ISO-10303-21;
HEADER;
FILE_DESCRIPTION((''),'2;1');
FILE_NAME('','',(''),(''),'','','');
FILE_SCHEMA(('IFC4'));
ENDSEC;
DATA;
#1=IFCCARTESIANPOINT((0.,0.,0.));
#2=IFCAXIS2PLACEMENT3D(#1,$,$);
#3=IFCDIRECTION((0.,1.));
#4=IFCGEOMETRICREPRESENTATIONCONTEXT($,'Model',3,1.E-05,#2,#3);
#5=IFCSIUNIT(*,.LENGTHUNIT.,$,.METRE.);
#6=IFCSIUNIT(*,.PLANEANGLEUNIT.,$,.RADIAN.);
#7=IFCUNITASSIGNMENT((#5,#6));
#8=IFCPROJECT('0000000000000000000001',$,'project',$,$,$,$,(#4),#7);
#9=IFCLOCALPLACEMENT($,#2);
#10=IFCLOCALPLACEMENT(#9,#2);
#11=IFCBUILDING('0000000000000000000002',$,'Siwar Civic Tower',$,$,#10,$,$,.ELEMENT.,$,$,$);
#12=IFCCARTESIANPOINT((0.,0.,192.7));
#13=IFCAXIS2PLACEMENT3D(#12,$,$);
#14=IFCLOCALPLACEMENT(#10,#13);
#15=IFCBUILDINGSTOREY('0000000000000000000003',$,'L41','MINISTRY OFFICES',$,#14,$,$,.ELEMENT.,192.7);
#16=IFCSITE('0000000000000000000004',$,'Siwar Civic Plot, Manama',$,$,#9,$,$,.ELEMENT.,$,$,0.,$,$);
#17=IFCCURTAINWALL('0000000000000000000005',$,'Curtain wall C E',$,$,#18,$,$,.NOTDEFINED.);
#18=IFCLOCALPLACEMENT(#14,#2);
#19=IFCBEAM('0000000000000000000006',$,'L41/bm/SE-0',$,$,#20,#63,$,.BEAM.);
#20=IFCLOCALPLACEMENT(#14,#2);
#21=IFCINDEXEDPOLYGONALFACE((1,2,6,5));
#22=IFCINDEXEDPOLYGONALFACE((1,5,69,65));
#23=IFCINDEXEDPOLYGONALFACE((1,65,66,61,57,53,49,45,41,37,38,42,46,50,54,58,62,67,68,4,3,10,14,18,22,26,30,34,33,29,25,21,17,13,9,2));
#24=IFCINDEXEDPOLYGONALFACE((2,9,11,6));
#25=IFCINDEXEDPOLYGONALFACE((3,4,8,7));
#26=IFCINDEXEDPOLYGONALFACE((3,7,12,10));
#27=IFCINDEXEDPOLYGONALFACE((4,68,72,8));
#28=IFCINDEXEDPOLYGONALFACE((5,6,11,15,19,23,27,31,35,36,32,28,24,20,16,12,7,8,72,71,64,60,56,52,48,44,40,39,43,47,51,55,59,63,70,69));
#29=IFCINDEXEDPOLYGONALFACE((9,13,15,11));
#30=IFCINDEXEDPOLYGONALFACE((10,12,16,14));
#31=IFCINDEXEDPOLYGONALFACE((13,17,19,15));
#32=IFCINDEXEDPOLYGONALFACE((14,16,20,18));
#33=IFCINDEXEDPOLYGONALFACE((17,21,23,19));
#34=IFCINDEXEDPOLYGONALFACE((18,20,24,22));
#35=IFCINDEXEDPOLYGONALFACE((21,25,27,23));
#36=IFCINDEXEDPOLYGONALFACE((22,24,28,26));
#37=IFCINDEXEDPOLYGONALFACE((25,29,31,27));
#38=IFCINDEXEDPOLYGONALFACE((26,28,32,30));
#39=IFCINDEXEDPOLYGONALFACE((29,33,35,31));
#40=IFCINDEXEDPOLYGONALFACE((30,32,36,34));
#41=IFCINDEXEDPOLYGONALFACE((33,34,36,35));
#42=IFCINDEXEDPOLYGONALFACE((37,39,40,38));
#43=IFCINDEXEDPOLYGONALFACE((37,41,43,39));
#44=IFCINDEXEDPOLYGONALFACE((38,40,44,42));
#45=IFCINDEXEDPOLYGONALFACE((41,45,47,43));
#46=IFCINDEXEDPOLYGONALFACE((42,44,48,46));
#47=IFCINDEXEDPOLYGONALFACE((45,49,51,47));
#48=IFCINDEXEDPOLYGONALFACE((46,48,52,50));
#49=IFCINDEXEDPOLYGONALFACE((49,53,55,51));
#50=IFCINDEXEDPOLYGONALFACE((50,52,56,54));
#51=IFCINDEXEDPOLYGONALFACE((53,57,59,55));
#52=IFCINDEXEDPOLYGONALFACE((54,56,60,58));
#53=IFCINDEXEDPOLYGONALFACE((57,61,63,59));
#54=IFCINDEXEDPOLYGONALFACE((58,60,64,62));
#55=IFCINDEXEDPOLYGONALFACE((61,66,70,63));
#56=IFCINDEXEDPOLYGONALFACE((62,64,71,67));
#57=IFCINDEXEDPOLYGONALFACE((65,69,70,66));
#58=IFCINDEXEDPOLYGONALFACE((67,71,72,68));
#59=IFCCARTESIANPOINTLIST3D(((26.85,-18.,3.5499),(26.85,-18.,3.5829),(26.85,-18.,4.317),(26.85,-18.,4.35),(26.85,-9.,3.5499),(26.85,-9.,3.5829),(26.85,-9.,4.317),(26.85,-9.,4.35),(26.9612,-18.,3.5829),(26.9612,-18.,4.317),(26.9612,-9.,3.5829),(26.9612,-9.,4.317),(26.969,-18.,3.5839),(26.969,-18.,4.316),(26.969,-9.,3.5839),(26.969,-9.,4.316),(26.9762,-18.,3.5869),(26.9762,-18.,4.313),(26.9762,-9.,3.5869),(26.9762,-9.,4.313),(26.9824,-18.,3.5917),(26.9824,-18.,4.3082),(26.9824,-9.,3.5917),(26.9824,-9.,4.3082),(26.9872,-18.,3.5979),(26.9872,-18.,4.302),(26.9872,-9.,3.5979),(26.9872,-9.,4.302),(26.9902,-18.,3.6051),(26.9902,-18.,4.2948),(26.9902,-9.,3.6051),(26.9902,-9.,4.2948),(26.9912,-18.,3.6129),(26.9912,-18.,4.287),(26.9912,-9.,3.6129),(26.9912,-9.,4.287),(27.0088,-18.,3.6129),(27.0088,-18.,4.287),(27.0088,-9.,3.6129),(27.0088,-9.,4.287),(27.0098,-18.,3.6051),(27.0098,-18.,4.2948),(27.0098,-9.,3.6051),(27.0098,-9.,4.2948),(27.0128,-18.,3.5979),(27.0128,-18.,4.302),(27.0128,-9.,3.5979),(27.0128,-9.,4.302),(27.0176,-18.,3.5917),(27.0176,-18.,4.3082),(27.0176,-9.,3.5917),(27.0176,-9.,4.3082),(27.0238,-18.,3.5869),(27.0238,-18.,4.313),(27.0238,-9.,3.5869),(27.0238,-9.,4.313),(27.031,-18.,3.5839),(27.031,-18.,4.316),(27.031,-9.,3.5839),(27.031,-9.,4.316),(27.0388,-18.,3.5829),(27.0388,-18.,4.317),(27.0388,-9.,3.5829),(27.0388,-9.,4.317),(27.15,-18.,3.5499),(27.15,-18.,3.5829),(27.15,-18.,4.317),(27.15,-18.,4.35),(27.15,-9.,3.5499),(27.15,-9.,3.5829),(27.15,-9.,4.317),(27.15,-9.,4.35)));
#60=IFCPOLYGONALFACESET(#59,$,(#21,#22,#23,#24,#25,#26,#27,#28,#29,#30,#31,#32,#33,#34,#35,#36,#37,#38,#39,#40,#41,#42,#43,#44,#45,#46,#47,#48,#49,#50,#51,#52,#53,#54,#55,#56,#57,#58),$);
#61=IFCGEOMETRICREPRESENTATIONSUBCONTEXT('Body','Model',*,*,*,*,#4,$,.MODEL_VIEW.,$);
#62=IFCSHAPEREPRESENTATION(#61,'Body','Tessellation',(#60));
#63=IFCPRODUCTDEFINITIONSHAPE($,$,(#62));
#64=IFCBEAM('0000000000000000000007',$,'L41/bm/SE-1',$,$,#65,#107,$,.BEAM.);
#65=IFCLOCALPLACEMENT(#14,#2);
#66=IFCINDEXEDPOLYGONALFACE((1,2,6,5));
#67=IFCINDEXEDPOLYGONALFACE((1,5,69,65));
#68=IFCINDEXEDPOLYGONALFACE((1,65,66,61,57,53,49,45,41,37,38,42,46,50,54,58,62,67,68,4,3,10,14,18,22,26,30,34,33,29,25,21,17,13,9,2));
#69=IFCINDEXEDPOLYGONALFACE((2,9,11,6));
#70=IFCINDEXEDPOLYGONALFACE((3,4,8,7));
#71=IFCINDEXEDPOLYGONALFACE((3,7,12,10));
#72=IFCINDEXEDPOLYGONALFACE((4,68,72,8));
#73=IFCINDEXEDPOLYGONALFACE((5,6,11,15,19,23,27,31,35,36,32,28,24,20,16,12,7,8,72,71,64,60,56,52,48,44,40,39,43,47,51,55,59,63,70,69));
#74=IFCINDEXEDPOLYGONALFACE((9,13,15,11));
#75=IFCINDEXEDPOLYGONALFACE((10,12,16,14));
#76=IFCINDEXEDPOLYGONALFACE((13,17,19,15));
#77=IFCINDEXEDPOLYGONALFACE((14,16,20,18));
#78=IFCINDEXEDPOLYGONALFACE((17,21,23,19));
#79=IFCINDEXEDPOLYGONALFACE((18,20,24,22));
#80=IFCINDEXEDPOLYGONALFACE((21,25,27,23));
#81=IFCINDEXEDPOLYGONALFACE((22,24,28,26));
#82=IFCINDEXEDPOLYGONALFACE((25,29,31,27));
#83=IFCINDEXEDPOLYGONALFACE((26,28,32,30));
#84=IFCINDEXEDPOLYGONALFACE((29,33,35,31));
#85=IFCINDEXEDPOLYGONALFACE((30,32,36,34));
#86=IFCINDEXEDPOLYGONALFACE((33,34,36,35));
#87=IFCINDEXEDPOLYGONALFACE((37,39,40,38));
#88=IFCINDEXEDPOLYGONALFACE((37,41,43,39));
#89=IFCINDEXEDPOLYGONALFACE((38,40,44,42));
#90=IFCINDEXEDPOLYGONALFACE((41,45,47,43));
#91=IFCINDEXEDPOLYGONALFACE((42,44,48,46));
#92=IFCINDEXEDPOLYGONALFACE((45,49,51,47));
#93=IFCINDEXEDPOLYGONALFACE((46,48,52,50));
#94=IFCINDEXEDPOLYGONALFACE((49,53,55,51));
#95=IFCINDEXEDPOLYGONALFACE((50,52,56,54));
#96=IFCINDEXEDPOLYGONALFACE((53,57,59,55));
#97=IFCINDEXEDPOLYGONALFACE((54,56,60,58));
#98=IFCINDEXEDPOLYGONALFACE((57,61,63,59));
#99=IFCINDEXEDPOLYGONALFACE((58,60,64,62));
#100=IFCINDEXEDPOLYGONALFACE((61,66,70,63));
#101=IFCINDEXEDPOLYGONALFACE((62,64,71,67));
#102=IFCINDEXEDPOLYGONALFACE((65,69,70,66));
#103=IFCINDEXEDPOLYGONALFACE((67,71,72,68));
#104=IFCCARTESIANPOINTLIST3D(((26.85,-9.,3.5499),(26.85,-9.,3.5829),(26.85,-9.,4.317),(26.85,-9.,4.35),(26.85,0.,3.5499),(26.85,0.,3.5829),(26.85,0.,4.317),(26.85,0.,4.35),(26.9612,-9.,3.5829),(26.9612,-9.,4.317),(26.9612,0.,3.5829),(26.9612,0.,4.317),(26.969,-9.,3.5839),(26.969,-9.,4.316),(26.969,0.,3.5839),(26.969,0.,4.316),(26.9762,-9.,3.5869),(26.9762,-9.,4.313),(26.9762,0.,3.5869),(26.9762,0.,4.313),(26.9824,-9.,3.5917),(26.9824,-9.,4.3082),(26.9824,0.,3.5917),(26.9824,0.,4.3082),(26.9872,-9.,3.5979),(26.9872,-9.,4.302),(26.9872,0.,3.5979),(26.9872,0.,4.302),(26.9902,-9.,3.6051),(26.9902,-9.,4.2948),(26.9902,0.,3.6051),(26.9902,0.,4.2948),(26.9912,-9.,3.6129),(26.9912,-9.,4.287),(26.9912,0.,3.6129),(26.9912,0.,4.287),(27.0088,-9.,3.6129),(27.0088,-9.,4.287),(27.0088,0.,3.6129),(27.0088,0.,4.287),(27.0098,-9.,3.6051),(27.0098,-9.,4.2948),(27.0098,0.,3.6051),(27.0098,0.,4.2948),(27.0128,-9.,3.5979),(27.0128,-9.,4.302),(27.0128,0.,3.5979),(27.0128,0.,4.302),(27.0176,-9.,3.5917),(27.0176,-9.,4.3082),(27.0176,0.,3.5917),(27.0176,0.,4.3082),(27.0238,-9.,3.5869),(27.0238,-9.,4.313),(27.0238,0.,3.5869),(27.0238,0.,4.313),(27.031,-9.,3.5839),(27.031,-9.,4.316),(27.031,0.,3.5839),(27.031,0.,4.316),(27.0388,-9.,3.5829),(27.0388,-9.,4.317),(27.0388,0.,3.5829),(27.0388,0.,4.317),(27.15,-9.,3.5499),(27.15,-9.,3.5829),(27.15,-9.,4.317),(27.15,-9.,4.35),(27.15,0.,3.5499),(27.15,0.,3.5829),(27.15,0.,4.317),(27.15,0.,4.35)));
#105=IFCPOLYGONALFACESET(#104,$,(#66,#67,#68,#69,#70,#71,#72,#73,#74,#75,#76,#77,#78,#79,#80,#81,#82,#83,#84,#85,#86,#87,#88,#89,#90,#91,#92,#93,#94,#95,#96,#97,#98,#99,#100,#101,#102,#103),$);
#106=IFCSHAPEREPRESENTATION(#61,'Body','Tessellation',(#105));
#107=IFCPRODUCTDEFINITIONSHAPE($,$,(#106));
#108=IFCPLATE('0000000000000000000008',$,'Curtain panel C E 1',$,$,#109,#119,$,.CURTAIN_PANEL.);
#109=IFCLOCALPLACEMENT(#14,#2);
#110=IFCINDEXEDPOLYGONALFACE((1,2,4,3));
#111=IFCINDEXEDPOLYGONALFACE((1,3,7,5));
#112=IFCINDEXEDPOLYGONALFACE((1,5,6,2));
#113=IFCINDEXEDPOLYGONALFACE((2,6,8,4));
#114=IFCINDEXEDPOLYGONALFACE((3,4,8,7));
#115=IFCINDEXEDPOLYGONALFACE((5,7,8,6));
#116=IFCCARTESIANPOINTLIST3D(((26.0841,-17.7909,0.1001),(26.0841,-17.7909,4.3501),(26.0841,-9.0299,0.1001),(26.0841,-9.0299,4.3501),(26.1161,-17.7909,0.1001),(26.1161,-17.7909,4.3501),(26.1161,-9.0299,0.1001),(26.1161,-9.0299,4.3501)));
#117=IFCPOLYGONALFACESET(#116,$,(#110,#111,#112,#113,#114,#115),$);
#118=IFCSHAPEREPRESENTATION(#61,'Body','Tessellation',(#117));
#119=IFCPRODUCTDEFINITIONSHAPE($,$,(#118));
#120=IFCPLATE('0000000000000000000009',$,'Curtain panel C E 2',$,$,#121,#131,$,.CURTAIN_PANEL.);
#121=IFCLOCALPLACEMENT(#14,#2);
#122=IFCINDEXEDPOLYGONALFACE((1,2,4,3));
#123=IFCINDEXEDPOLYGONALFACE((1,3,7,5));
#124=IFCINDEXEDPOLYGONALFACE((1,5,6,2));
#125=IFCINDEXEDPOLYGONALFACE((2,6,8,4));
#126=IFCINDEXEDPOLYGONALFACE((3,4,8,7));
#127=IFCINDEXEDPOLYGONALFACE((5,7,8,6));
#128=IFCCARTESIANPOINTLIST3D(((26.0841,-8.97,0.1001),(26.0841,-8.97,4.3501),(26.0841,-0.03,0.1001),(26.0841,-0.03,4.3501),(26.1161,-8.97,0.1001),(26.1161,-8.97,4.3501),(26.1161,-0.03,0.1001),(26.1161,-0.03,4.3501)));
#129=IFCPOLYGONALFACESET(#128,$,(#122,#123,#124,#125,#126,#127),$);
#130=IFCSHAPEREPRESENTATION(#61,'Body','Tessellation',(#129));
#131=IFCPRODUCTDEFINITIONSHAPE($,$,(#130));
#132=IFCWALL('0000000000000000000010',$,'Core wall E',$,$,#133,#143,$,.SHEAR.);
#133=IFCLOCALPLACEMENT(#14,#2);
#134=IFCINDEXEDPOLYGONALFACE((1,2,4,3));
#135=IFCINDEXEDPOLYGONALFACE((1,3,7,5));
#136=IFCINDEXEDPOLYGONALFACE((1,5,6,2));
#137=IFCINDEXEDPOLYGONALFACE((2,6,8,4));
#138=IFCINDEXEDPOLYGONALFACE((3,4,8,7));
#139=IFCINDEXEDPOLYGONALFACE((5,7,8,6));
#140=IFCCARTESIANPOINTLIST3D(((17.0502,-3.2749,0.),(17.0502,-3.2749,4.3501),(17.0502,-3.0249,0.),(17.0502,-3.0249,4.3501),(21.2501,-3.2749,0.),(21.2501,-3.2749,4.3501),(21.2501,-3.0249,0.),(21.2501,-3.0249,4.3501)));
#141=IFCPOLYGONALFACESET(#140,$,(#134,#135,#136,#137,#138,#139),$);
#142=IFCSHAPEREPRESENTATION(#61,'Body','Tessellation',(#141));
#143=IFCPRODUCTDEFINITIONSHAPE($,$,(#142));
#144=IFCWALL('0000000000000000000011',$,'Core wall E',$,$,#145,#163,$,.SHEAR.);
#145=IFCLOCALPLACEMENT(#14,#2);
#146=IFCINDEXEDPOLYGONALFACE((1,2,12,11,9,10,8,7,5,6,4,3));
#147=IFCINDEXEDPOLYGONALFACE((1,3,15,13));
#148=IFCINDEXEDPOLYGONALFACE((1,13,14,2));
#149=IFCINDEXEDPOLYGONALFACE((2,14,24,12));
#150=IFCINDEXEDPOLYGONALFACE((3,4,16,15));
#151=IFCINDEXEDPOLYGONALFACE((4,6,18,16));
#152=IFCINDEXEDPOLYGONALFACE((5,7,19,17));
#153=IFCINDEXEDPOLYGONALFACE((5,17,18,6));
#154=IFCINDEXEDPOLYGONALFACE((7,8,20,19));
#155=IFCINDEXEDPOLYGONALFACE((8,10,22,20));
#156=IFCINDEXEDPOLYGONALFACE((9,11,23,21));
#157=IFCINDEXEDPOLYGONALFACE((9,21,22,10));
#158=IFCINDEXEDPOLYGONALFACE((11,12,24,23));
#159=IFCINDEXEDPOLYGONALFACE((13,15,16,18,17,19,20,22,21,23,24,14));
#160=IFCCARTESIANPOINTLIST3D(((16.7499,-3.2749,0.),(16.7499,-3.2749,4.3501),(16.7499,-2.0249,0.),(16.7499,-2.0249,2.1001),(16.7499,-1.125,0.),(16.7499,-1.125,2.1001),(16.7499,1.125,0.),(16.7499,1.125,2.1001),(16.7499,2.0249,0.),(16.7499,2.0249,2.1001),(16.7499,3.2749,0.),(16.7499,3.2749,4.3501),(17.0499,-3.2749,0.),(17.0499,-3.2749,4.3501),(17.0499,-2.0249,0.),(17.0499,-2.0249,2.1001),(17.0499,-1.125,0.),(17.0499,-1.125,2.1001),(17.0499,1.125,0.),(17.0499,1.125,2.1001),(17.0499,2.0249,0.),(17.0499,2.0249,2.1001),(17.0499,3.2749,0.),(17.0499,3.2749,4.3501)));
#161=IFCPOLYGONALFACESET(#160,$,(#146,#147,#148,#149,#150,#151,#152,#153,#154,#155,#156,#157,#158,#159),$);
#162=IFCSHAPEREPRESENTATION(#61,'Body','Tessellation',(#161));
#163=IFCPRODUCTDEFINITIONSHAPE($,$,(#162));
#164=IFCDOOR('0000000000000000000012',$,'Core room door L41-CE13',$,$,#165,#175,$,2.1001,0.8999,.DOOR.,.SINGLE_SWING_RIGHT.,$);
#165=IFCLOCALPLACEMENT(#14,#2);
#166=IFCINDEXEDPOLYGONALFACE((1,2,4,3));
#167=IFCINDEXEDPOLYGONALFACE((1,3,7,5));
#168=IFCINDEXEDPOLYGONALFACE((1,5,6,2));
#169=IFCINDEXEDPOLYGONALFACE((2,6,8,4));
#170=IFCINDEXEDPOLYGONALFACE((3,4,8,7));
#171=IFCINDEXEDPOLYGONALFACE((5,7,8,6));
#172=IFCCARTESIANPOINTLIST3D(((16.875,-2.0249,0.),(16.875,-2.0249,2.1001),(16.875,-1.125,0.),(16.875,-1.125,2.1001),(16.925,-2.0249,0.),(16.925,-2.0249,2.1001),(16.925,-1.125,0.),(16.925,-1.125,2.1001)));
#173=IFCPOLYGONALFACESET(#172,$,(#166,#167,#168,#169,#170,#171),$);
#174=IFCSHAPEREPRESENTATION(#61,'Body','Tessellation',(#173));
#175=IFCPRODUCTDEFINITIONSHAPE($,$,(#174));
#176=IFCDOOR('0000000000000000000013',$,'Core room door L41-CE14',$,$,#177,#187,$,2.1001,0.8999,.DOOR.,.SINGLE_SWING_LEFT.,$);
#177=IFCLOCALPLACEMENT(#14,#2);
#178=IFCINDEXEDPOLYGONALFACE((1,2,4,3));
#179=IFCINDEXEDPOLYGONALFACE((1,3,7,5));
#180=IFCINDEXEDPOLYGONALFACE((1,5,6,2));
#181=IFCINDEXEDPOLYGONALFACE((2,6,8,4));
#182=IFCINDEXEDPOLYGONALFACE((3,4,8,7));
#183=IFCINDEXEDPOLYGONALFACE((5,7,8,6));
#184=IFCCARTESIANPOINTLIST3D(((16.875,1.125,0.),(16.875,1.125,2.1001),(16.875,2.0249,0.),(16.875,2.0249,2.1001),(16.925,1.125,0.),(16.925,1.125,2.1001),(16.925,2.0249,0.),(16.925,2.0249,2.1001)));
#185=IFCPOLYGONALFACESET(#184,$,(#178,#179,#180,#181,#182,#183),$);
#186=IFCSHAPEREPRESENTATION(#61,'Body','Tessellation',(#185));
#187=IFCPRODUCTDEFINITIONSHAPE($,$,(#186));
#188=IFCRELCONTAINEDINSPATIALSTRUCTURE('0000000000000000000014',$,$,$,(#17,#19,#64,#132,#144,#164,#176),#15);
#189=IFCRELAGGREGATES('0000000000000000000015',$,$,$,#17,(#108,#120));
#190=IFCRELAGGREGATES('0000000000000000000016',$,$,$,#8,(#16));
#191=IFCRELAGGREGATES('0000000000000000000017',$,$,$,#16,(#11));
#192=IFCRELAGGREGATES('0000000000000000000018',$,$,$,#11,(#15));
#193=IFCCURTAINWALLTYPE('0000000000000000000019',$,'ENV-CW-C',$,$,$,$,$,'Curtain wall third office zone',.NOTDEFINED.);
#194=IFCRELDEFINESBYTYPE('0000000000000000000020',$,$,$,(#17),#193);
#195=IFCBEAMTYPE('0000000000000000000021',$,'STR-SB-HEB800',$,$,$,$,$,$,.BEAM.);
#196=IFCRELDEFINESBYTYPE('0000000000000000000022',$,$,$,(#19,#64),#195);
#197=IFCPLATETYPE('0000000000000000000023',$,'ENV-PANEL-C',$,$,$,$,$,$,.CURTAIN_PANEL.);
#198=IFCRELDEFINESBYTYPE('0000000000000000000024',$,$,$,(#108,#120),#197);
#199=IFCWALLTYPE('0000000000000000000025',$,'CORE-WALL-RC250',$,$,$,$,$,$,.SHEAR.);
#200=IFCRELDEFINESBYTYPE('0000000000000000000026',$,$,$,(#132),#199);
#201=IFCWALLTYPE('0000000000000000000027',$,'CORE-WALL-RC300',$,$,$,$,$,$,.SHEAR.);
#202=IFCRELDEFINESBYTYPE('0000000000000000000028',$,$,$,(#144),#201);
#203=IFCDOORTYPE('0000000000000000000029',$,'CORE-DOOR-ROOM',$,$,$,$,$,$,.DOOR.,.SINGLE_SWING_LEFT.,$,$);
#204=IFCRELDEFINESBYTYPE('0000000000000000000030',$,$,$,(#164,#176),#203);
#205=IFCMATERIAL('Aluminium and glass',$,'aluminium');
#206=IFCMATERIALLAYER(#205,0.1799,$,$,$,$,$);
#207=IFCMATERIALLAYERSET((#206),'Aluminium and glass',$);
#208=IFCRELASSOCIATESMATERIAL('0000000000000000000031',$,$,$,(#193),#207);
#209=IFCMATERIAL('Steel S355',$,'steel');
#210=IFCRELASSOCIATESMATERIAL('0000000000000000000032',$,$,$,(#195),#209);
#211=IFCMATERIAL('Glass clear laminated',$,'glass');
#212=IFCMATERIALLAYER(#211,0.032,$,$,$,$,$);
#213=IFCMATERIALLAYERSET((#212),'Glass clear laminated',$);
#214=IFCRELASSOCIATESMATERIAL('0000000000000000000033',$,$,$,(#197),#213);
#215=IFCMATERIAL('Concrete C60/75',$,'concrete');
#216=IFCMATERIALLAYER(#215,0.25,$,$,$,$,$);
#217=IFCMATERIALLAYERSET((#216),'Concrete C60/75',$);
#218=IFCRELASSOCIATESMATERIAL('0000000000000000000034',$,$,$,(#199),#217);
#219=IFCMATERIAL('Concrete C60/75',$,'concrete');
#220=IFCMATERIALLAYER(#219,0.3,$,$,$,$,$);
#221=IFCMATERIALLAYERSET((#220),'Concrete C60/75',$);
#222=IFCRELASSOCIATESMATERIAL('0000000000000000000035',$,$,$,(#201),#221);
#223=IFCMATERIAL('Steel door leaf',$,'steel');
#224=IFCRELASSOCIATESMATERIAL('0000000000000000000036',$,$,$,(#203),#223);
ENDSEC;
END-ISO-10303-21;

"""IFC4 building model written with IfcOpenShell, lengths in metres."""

from ifc_helpers import new_model, si_unit, direction, frame, frame_2d, origin, origin_2d, place, context, subcontext, project, spatial, rectangle, i_section, extrude, material, layer, layer_set, material_profile, profile_set, type_object, element, fill, aggregate, save


model = new_model("IFC4")

# Units and contexts
model_context = context("Model", 3, precision=1e-05, world=origin(), true_north=direction((0.0, 1.0)))
body_context = subcontext(model_context, "Body", "Model", "MODEL_VIEW")
ifc_project = project(units=[si_unit("LENGTHUNIT", "METRE"), si_unit("PLANEANGLEUNIT", "RADIAN")], contexts=[model_context])

# Site, building, storey
site_placement = place(None, origin())
site = spatial("IfcSite", under=ifc_project, at=site_placement, Name="Siwar Civic Plot, Manama", CompositionType="ELEMENT", RefElevation=0.0)
building_placement = place(site_placement, origin())
building = spatial("IfcBuilding", under=site, at=building_placement, Name="Siwar Civic Tower", CompositionType="ELEMENT")
storey_placement = place(building_placement, frame((0.0, 0.0, 192.7)))
storey = spatial("IfcBuildingStorey", under=building, at=storey_placement, Name="L41", Description="MINISTRY OFFICES", CompositionType="ELEMENT", Elevation=192.7)

# Curtain wall
ifc_material_1 = material(Name="Aluminium and glass", Category="aluminium")
ifc_layer_1 = layer(ifc_material_1, 0.1799)
ifc_layer_set_1 = layer_set([ifc_layer_1], Name="Aluminium and glass")
curtain_wall_type = type_object("IfcCurtainWallType", Name="ENV-CW-C", ElementType="Curtain wall third office zone", PredefinedType="NOTDEFINED", material=ifc_layer_set_1)
curtain_wall_placement = place(storey_placement, origin())
curtain_wall = element("IfcCurtainWall", 1, at=curtain_wall_placement, inside=storey, type_object=curtain_wall_type, Name="Curtain wall C E", PredefinedType="NOTDEFINED")

# Beams
ifc_material_2 = material(Name="Steel S355", Category="steel")
ifc_material_profile_1 = material_profile(ifc_material_2, i_section(OverallWidth=0.3, OverallDepth=0.8, WebThickness=0.0176, FlangeThickness=0.033, FilletRadius=0.03, at=origin_2d()), Name="HEB800")
ifc_profile_set_1 = profile_set([ifc_material_profile_1], Name="Steel S355")
beam_type_1 = type_object("IfcBeamType", Name="STR-SB-HEB800", PredefinedType="BEAM", material=ifc_profile_set_1)
for number, where, z_axis, x_axis, name in (
    (2, (27.0, -18.0, 3.95), (0.0, 1.0, 0.0), (-1.0, 0.0, 0.0), "L41/bm/SE-0"),
    (3, (27.0, -9.0, 3.95), (0.0, 1.0, 0.0), (-1.0, 0.0, 0.0), "L41/bm/SE-1"),
):
    element("IfcBeam", number, at=place(storey_placement, frame(where, z_axis=z_axis, x_axis=x_axis)), inside=storey, type_object=beam_type_1, Name=name, PredefinedType="BEAM", context=body_context, shape_type="SweptSolid", body=[
        extrude(i_section(OverallWidth=0.3, OverallDepth=0.8, WebThickness=0.0176, FlangeThickness=0.033, FilletRadius=0.03, at=origin_2d()), origin(), (0.0, 0.0, 1.0), 9.0),
    ])

# Plates
ifc_material_3 = material(Name="Glass clear laminated", Category="glass")
ifc_layer_2 = layer(ifc_material_3, 0.032)
ifc_layer_set_2 = layer_set([ifc_layer_2], Name="Glass clear laminated")
plate_type = type_object("IfcPlateType", Name="ENV-PANEL-C", PredefinedType="CURTAIN_PANEL", material=ifc_layer_set_2)
plate_1_placement = place(storey_placement, frame((26.1001, -13.4104, 0.1001), z_axis=(0.0, 0.0, 1.0), x_axis=(0.0, 1.0, 0.0)))
plate_1 = element("IfcPlate", 4, at=plate_1_placement, type_object=plate_type, Name="Curtain panel C E 1", PredefinedType="CURTAIN_PANEL", context=body_context, shape_type="SweptSolid", body=[
    extrude(rectangle(XDim=8.761, YDim=0.032, at=origin_2d()), origin(), (0.0, 0.0, 1.0), 4.25),
])
plate_2_placement = place(storey_placement, frame((26.1001, -4.5, 0.1001), z_axis=(0.0, 0.0, 1.0), x_axis=(0.0, 1.0, 0.0)))
plate_2 = element("IfcPlate", 5, at=plate_2_placement, type_object=plate_type, Name="Curtain panel C E 2", PredefinedType="CURTAIN_PANEL", context=body_context, shape_type="SweptSolid", body=[
    extrude(rectangle(XDim=8.9399, YDim=0.032, at=origin_2d()), origin(), (0.0, 0.0, 1.0), 4.25),
])
aggregate(curtain_wall, [plate_1, plate_2])

# Wall
ifc_material_4 = material(Name="Concrete C60/75", Category="concrete")
ifc_layer_3 = layer(ifc_material_4, 0.25)
ifc_layer_set_3 = layer_set([ifc_layer_3], Name="Concrete C60/75")
wall_type_1 = type_object("IfcWallType", Name="CORE-WALL-RC250", PredefinedType="SHEAR", material=ifc_layer_set_3)
wall_1_placement = place(storey_placement, frame((17.05, -3.1499, 0.0), z_axis=(0.0, 0.0, 1.0), x_axis=(1.0, 0.0, 0.0)))
element("IfcWall", 6, at=wall_1_placement, inside=storey, type_object=wall_type_1, Name="Core wall E", PredefinedType="SHEAR", context=body_context, shape_type="SweptSolid", body=[
    extrude(rectangle(XDim=4.2, YDim=0.25, at=frame_2d((2.1001, 0.0))), origin(), (0.0, 0.0, 1.0), 4.3501),
])

# Wall, openings, doors
ifc_material_5 = material(Name="Concrete C60/75", Category="concrete")
ifc_layer_4 = layer(ifc_material_5, 0.3)
ifc_layer_set_4 = layer_set([ifc_layer_4], Name="Concrete C60/75")
wall_type_2 = type_object("IfcWallType", Name="CORE-WALL-RC300", PredefinedType="SHEAR", material=ifc_layer_set_4)
wall_2_placement = place(storey_placement, frame((16.8999, -3.2749, 0.0), z_axis=(0.0, 0.0, 1.0), x_axis=(0.0, 1.0, 0.0)))
wall_2 = element("IfcWall", 7, at=wall_2_placement, inside=storey, type_object=wall_type_2, Name="Core wall E", PredefinedType="SHEAR", context=body_context, shape_type="SweptSolid", body=[
    extrude(rectangle(XDim=6.5498, YDim=0.3, at=frame_2d((3.2749, 0.0))), origin(), (0.0, 0.0, 1.0), 4.3501),
])
opening_1_placement = place(wall_2_placement, frame((1.25, 0.0, 0.0)))
opening_1 = element("IfcOpeningElement", 8, at=opening_1_placement, cuts=wall_2, PredefinedType="OPENING", context=body_context, shape_type="SweptSolid", body=[
    extrude(rectangle(XDim=0.8999, YDim=2.1001, at=frame_2d((0.45, 1.05))), frame((0.0, 0.1602, 0.0), z_axis=(0.0, -1.0, 0.0), x_axis=(1.0, 0.0, 0.0)), (0.0, 0.0, 1.0), 0.3201),
])
opening_2_placement = place(wall_2_placement, frame((4.3999, 0.0, 0.0)))
opening_2 = element("IfcOpeningElement", 9, at=opening_2_placement, cuts=wall_2, PredefinedType="OPENING", context=body_context, shape_type="SweptSolid", body=[
    extrude(rectangle(XDim=0.8999, YDim=2.1001, at=frame_2d((0.45, 1.05))), frame((0.0, 0.1602, 0.0), z_axis=(0.0, -1.0, 0.0), x_axis=(1.0, 0.0, 0.0)), (0.0, 0.0, 1.0), 0.3201),
])
ifc_material_6 = material(Name="Steel door leaf", Category="steel")
door_type_1 = type_object("IfcDoorType", Name="CORE-DOOR-ROOM", OperationType="SINGLE_SWING_LEFT", PredefinedType="DOOR", material=ifc_material_6)
door_1_placement = place(opening_1_placement, origin())
door_1 = element("IfcDoor", 10, at=door_1_placement, inside=storey, type_object=door_type_1, Name="Core room door L41-CE13", OperationType="SINGLE_SWING_RIGHT", OverallHeight=2.1001, OverallWidth=0.8999, PredefinedType="DOOR", context=body_context, shape_type="SweptSolid", body=[
    extrude(rectangle(XDim=0.8999, YDim=2.1001, at=frame_2d((0.45, 1.05))), frame((0.0, 0.0249, 0.0), z_axis=(0.0, -1.0, 0.0), x_axis=(1.0, 0.0, 0.0)), (0.0, 0.0, 1.0), 0.05),
])
fill(opening_1, door_1)
door_2_placement = place(opening_2_placement, origin())
door_2 = element("IfcDoor", 11, at=door_2_placement, inside=storey, type_object=door_type_1, Name="Core room door L41-CE14", OperationType="SINGLE_SWING_LEFT", OverallHeight=2.1001, OverallWidth=0.8999, PredefinedType="DOOR", context=body_context, shape_type="SweptSolid", body=[
    extrude(rectangle(XDim=0.8999, YDim=2.1001, at=frame_2d((0.45, 1.05))), frame((0.0, 0.0249, 0.0), z_axis=(0.0, -1.0, 0.0), x_axis=(1.0, 0.0, 0.0)), (0.0, 0.0, 1.0), 0.05),
])
fill(opening_2, door_2)

save(model, "model.ifc")
